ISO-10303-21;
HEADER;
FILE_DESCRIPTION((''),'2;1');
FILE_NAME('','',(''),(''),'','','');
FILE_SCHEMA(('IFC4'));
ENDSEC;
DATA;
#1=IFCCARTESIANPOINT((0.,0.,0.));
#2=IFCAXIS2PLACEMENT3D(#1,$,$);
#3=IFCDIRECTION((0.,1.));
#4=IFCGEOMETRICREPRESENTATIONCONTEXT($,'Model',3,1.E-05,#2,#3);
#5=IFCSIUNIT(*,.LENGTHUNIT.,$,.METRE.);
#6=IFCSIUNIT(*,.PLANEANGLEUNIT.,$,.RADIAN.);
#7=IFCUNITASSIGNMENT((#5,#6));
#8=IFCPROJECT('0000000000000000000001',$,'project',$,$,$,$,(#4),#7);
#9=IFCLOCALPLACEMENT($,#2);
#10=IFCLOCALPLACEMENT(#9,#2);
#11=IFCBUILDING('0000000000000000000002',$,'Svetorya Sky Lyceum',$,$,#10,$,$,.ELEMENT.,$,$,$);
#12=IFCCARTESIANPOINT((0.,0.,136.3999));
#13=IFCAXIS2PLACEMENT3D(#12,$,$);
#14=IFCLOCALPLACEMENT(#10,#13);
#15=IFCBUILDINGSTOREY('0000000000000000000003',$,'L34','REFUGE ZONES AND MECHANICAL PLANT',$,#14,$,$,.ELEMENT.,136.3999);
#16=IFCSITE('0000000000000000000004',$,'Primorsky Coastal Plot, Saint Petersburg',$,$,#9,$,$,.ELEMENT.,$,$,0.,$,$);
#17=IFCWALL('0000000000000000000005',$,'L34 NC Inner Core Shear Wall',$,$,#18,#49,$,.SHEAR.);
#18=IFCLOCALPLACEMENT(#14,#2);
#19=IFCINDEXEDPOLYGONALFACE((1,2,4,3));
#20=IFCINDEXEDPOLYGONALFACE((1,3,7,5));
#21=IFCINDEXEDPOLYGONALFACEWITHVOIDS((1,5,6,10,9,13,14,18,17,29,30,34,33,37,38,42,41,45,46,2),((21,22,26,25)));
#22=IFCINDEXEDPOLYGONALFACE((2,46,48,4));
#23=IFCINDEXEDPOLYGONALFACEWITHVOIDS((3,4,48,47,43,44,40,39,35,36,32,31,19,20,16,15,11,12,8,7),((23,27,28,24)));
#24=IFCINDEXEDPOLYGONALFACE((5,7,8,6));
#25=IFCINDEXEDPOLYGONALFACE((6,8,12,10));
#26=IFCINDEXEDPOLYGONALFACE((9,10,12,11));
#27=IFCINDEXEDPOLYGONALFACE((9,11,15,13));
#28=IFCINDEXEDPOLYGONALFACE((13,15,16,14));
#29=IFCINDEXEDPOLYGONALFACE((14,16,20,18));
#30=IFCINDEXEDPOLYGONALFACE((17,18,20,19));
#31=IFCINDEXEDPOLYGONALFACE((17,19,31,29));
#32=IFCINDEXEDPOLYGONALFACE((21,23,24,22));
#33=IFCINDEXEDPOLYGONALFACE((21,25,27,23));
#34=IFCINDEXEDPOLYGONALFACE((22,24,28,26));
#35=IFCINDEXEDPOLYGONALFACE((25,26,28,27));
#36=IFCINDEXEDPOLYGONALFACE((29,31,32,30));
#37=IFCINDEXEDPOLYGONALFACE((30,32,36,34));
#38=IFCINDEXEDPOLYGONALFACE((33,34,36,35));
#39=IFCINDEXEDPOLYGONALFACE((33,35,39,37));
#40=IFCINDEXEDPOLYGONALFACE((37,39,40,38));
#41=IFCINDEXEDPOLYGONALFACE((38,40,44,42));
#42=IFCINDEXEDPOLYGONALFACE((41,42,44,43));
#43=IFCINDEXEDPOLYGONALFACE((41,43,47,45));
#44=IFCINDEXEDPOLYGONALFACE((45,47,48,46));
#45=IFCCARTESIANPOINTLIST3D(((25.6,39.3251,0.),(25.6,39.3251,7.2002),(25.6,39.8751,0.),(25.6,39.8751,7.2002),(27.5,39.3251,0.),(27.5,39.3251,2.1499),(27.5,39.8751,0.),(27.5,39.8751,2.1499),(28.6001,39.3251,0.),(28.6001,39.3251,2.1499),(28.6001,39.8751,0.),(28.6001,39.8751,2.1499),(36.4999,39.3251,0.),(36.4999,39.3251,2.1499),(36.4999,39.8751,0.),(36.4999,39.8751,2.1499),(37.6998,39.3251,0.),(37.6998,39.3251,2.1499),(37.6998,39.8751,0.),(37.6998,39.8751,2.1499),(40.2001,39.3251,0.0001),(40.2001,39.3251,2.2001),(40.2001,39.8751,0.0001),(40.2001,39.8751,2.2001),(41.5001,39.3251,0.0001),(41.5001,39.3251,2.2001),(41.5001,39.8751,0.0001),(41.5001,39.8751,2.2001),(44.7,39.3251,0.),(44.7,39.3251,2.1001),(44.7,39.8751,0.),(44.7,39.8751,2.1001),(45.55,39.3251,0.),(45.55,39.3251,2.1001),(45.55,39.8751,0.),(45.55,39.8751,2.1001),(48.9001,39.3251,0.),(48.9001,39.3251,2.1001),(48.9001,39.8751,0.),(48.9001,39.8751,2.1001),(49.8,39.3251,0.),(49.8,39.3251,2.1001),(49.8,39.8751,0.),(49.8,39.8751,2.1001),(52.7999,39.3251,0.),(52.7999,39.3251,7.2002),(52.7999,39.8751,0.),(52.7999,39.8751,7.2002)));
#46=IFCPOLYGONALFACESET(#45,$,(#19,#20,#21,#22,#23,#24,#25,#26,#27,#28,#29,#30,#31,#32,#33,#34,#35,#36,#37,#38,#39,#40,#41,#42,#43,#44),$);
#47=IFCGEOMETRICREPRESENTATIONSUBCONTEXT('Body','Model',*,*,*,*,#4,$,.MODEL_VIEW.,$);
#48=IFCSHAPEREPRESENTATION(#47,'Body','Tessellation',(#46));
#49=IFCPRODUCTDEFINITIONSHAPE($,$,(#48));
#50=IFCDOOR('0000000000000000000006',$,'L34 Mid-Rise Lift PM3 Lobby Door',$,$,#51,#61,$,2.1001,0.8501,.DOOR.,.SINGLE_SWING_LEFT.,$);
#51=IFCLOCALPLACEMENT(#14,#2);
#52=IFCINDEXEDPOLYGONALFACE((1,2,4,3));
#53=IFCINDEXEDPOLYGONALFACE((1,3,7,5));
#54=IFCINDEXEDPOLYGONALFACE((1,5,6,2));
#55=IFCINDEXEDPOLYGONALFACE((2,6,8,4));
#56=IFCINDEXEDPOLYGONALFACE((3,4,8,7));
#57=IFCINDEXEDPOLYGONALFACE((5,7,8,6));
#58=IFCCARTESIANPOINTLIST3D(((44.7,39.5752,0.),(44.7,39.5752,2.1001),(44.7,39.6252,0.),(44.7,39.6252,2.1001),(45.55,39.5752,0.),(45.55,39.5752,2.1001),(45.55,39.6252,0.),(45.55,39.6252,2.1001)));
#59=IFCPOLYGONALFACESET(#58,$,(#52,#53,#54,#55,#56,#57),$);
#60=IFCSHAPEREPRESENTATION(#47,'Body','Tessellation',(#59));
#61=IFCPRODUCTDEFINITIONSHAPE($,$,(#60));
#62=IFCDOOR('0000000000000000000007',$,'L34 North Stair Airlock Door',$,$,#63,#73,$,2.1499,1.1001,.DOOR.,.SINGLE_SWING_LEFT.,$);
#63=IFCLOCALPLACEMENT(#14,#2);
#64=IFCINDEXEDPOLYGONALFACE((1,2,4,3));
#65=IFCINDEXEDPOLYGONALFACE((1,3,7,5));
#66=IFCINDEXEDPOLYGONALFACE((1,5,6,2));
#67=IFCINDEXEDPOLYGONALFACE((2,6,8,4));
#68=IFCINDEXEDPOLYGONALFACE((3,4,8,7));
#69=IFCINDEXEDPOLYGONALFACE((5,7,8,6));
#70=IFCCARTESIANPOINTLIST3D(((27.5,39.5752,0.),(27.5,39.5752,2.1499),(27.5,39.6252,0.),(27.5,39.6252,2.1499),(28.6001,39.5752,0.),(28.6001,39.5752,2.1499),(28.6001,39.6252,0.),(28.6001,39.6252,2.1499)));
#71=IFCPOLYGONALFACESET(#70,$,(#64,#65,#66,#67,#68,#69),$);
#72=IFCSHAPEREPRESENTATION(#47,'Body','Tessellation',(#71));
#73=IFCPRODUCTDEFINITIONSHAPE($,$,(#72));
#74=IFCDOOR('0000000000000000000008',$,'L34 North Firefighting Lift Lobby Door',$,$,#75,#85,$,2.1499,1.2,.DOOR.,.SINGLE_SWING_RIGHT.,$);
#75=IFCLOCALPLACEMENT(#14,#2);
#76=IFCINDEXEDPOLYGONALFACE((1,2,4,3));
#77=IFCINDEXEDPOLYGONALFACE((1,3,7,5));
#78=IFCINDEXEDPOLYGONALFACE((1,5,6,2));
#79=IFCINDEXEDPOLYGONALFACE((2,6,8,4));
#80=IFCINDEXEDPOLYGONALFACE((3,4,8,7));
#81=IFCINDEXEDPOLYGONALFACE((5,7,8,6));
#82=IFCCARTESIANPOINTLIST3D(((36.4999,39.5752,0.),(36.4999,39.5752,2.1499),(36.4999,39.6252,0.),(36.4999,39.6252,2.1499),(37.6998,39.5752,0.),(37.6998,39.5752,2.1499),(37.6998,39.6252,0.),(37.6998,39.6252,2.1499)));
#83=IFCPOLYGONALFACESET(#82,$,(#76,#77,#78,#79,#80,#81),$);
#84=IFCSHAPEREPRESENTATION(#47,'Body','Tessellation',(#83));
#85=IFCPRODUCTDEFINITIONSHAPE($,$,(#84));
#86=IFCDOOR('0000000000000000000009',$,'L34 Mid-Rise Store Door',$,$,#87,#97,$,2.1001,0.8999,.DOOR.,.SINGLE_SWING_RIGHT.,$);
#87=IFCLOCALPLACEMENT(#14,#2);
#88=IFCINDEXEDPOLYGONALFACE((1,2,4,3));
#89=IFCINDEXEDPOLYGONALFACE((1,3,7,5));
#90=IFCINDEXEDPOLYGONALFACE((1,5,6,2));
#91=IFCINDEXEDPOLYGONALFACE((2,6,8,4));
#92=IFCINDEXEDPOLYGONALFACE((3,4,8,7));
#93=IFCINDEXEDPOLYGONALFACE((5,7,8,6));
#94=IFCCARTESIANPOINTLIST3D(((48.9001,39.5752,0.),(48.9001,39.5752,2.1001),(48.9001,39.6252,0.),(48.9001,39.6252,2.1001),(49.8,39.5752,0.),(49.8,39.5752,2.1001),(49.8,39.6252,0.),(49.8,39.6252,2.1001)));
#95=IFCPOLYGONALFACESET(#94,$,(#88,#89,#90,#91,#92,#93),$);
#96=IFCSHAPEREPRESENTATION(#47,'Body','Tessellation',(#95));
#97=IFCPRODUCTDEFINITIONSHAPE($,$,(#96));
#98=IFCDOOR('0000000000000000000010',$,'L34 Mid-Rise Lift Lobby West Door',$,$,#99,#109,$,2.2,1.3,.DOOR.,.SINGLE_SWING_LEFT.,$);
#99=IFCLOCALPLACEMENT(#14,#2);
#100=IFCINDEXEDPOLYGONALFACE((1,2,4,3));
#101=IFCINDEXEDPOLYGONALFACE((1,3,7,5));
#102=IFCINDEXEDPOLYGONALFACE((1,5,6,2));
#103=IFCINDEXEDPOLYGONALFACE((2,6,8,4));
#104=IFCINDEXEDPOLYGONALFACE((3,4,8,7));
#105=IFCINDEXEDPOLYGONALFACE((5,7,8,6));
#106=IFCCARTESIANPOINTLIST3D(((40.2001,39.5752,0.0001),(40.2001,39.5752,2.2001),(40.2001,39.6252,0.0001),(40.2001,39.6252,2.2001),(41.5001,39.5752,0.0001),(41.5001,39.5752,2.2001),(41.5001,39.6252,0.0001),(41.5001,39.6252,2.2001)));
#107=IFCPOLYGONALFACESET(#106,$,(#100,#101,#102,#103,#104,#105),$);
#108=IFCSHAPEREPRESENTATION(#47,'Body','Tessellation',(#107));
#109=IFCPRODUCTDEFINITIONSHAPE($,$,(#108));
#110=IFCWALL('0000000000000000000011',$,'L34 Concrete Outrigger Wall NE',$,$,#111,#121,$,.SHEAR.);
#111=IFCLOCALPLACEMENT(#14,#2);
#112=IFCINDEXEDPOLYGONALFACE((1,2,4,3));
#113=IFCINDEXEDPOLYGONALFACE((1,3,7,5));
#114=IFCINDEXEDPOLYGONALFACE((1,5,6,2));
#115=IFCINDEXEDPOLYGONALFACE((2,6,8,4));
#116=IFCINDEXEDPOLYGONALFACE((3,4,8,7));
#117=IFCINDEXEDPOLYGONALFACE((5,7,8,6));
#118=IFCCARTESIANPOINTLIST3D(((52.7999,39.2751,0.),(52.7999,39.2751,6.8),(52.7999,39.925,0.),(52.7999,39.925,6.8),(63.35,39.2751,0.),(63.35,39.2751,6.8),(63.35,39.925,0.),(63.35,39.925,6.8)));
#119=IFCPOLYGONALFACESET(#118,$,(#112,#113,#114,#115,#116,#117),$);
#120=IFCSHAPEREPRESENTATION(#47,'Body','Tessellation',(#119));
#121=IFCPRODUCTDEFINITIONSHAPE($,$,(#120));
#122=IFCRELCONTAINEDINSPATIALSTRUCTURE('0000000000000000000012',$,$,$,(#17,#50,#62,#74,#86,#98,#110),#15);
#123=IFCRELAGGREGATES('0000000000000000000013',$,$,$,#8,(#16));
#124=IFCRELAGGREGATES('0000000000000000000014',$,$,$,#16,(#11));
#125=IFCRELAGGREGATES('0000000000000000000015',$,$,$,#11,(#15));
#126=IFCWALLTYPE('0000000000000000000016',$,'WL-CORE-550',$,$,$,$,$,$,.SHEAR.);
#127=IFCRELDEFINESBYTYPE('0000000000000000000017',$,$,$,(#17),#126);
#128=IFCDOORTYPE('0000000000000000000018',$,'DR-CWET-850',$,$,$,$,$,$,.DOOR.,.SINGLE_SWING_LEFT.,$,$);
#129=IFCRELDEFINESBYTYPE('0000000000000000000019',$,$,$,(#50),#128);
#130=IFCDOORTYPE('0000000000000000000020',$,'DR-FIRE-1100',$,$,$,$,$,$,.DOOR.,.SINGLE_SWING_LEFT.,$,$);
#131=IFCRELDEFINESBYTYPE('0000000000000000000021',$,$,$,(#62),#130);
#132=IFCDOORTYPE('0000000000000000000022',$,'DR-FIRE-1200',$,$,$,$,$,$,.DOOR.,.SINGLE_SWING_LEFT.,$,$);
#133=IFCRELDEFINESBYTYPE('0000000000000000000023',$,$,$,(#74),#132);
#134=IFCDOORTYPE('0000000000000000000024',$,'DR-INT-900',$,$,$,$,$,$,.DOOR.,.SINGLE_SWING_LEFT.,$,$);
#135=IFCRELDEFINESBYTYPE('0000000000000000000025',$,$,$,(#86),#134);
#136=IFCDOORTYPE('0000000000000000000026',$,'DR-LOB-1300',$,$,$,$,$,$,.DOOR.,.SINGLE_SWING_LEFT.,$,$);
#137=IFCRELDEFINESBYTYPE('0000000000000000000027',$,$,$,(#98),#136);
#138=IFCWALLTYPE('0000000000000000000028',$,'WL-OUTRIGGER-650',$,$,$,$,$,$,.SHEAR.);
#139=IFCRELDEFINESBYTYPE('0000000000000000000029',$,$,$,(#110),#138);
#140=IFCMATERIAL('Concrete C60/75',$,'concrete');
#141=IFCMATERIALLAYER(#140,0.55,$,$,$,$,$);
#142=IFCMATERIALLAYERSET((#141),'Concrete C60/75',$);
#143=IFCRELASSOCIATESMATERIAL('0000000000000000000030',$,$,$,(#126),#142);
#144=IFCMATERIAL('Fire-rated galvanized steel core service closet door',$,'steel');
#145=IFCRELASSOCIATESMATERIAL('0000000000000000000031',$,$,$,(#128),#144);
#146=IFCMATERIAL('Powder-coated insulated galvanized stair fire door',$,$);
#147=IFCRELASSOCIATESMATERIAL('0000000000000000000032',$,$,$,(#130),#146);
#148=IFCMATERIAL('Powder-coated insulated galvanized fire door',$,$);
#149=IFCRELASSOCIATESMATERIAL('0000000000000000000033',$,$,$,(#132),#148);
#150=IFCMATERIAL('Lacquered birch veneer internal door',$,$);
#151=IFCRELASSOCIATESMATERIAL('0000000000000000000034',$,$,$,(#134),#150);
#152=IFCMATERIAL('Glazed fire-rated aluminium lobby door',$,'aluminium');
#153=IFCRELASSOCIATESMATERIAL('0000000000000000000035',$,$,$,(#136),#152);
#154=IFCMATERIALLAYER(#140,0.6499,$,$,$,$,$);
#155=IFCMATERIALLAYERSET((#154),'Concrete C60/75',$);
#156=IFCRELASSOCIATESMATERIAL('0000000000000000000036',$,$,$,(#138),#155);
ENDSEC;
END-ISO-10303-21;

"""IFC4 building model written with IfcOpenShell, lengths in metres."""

from ifc_helpers import new_model, si_unit, direction, frame, frame_2d, origin, place, context, subcontext, project, spatial, rectangle, extrude, material, layer, layer_set, type_object, element, fill, save


model = new_model("IFC4")

# Units and contexts
model_context = context("Model", 3, precision=1e-05, world=origin(), true_north=direction((0.0, 1.0)))
body_context = subcontext(model_context, "Body", "Model", "MODEL_VIEW")
ifc_project = project(units=[si_unit("LENGTHUNIT", "METRE"), si_unit("PLANEANGLEUNIT", "RADIAN")], contexts=[model_context])

# Site, building, storey
site_placement = place(None, origin())
site = spatial("IfcSite", under=ifc_project, at=site_placement, Name="Primorsky Coastal Plot, Saint Petersburg", CompositionType="ELEMENT", RefElevation=0.0)
building_placement = place(site_placement, origin())
building = spatial("IfcBuilding", under=site, at=building_placement, Name="Svetorya Sky Lyceum", CompositionType="ELEMENT")
storey_placement = place(building_placement, frame((0.0, 0.0, 136.3999)))
storey = spatial("IfcBuildingStorey", under=building, at=storey_placement, Name="L34", Description="REFUGE ZONES AND MECHANICAL PLANT", CompositionType="ELEMENT", Elevation=136.3999)

# Shared definitions
ifc_material_1 = material(Name="Concrete C60/75", Category="concrete")

# Wall, openings, doors
ifc_layer_1 = layer(ifc_material_1, 0.55)
ifc_layer_set_1 = layer_set([ifc_layer_1], Name="Concrete C60/75")
wall_type_1 = type_object("IfcWallType", Name="WL-CORE-550", PredefinedType="SHEAR", material=ifc_layer_set_1)
wall_1_placement = place(storey_placement, frame((52.8, 39.6001, 0.0), z_axis=(0.0, 0.0, 1.0), x_axis=(-1.0, 0.0, 0.0)))
wall_1 = element("IfcWall", 1, at=wall_1_placement, inside=storey, type_object=wall_type_1, Name="L34 NC Inner Core Shear Wall", PredefinedType="SHEAR", context=body_context, shape_type="SweptSolid", body=[
    extrude(rectangle(XDim=27.2, YDim=0.55, at=frame_2d((13.6001, 0.0))), origin(), (0.0, 0.0, 1.0), 7.2002),
])
opening_1_placement = place(wall_1_placement, frame((24.2, 0.0, 0.0)))
opening_1 = element("IfcOpeningElement", 2, at=opening_1_placement, cuts=wall_1, PredefinedType="OPENING", context=body_context, shape_type="SweptSolid", body=[
    extrude(rectangle(XDim=1.1001, YDim=2.1499, at=frame_2d((0.55, 1.075))), frame((0.0, 0.2849, 0.0), z_axis=(0.0, -1.0, 0.0), x_axis=(1.0, 0.0, 0.0)), (0.0, 0.0, 1.0), 0.5701),
])
opening_2_placement = place(wall_1_placement, frame((15.1001, 0.0, 0.0)))
opening_2 = element("IfcOpeningElement", 3, at=opening_2_placement, cuts=wall_1, PredefinedType="OPENING", context=body_context, shape_type="SweptSolid", body=[
    extrude(rectangle(XDim=1.2, YDim=2.1499, at=frame_2d((0.6001, 1.075))), frame((0.0, 0.2849, 0.0), z_axis=(0.0, -1.0, 0.0), x_axis=(1.0, 0.0, 0.0)), (0.0, 0.0, 1.0), 0.5701),
])
opening_3_placement = place(wall_1_placement, frame((11.3, 0.0, 0.0)))
opening_3 = element("IfcOpeningElement", 4, at=opening_3_placement, cuts=wall_1, PredefinedType="OPENING", context=body_context, shape_type="SweptSolid", body=[
    extrude(rectangle(XDim=1.3, YDim=2.2, at=frame_2d((0.6499, 1.1001))), frame((0.0, 0.2849, 0.0), z_axis=(0.0, -1.0, 0.0), x_axis=(1.0, 0.0, 0.0)), (0.0, 0.0, 1.0), 0.5701),
])
opening_4_placement = place(wall_1_placement, frame((7.25, 0.0, 0.0)))
opening_4 = element("IfcOpeningElement", 5, at=opening_4_placement, cuts=wall_1, PredefinedType="OPENING", context=body_context, shape_type="SweptSolid", body=[
    extrude(rectangle(XDim=0.8501, YDim=2.1001, at=frame_2d((0.425, 1.05))), frame((0.0, 0.2849, 0.0), z_axis=(0.0, -1.0, 0.0), x_axis=(1.0, 0.0, 0.0)), (0.0, 0.0, 1.0), 0.5701),
])
opening_5_placement = place(wall_1_placement, frame((3.0, 0.0, 0.0)))
opening_5 = element("IfcOpeningElement", 6, at=opening_5_placement, cuts=wall_1, PredefinedType="OPENING", context=body_context, shape_type="SweptSolid", body=[
    extrude(rectangle(XDim=0.8999, YDim=2.1001, at=frame_2d((0.45, 1.05))), frame((0.0, 0.2849, 0.0), z_axis=(0.0, -1.0, 0.0), x_axis=(1.0, 0.0, 0.0)), (0.0, 0.0, 1.0), 0.5701),
])
ifc_material_2 = material(Name="Fire-rated galvanized steel core service closet door", Category="steel")
door_type_1 = type_object("IfcDoorType", Name="DR-CWET-850", OperationType="SINGLE_SWING_LEFT", PredefinedType="DOOR", material=ifc_material_2)
door_1_placement = place(opening_4_placement, origin())
door_1 = element("IfcDoor", 7, at=door_1_placement, inside=storey, type_object=door_type_1, Name="L34 Mid-Rise Lift PM3 Lobby Door", OperationType="SINGLE_SWING_LEFT", OverallHeight=2.1001, OverallWidth=0.8501, PredefinedType="DOOR", context=body_context, shape_type="SweptSolid", body=[
    extrude(rectangle(XDim=0.8501, YDim=2.1001, at=frame_2d((0.425, 1.05))), frame((0.0, 0.0249, 0.0), z_axis=(0.0, -1.0, 0.0), x_axis=(1.0, 0.0, 0.0)), (0.0, 0.0, 1.0), 0.05),
])
fill(opening_4, door_1)
ifc_material_3 = material(Name="Powder-coated insulated galvanized stair fire door")
door_type_2 = type_object("IfcDoorType", Name="DR-FIRE-1100", OperationType="SINGLE_SWING_LEFT", PredefinedType="DOOR", material=ifc_material_3)
door_2_placement = place(opening_1_placement, origin())
door_2 = element("IfcDoor", 8, at=door_2_placement, inside=storey, type_object=door_type_2, Name="L34 North Stair Airlock Door", OperationType="SINGLE_SWING_LEFT", OverallHeight=2.1499, OverallWidth=1.1001, PredefinedType="DOOR", context=body_context, shape_type="SweptSolid", body=[
    extrude(rectangle(XDim=1.1001, YDim=2.1499, at=frame_2d((0.55, 1.075))), frame((0.0, 0.0249, 0.0), z_axis=(0.0, -1.0, 0.0), x_axis=(1.0, 0.0, 0.0)), (0.0, 0.0, 1.0), 0.05),
])
fill(opening_1, door_2)
ifc_material_4 = material(Name="Powder-coated insulated galvanized fire door")
door_type_3 = type_object("IfcDoorType", Name="DR-FIRE-1200", OperationType="SINGLE_SWING_LEFT", PredefinedType="DOOR", material=ifc_material_4)
door_3_placement = place(opening_2_placement, origin())
door_3 = element("IfcDoor", 9, at=door_3_placement, inside=storey, type_object=door_type_3, Name="L34 North Firefighting Lift Lobby Door", OperationType="SINGLE_SWING_RIGHT", OverallHeight=2.1499, OverallWidth=1.2, PredefinedType="DOOR", context=body_context, shape_type="SweptSolid", body=[
    extrude(rectangle(XDim=1.2, YDim=2.1499, at=frame_2d((0.6001, 1.075))), frame((0.0, 0.0249, 0.0), z_axis=(0.0, -1.0, 0.0), x_axis=(1.0, 0.0, 0.0)), (0.0, 0.0, 1.0), 0.05),
])
fill(opening_2, door_3)
ifc_material_5 = material(Name="Lacquered birch veneer internal door")
door_type_4 = type_object("IfcDoorType", Name="DR-INT-900", OperationType="SINGLE_SWING_LEFT", PredefinedType="DOOR", material=ifc_material_5)
door_4_placement = place(opening_5_placement, origin())
door_4 = element("IfcDoor", 10, at=door_4_placement, inside=storey, type_object=door_type_4, Name="L34 Mid-Rise Store Door", OperationType="SINGLE_SWING_RIGHT", OverallHeight=2.1001, OverallWidth=0.8999, PredefinedType="DOOR", context=body_context, shape_type="SweptSolid", body=[
    extrude(rectangle(XDim=0.8999, YDim=2.1001, at=frame_2d((0.45, 1.05))), frame((0.0, 0.0249, 0.0), z_axis=(0.0, -1.0, 0.0), x_axis=(1.0, 0.0, 0.0)), (0.0, 0.0, 1.0), 0.05),
])
fill(opening_5, door_4)
ifc_material_6 = material(Name="Glazed fire-rated aluminium lobby door", Category="aluminium")
door_type_5 = type_object("IfcDoorType", Name="DR-LOB-1300", OperationType="SINGLE_SWING_LEFT", PredefinedType="DOOR", material=ifc_material_6)
door_5_placement = place(opening_3_placement, origin())
door_5 = element("IfcDoor", 11, at=door_5_placement, inside=storey, type_object=door_type_5, Name="L34 Mid-Rise Lift Lobby West Door", OperationType="SINGLE_SWING_LEFT", OverallHeight=2.2, OverallWidth=1.3, PredefinedType="DOOR", context=body_context, shape_type="SweptSolid", body=[
    extrude(rectangle(XDim=1.3, YDim=2.2, at=frame_2d((0.6499, 1.1001))), frame((0.0, 0.0249, 0.0), z_axis=(0.0, -1.0, 0.0), x_axis=(1.0, 0.0, 0.0)), (0.0, 0.0, 1.0), 0.05),
])
fill(opening_3, door_5)

# Wall
ifc_layer_2 = layer(ifc_material_1, 0.6499)
ifc_layer_set_2 = layer_set([ifc_layer_2], Name="Concrete C60/75")
wall_type_2 = type_object("IfcWallType", Name="WL-OUTRIGGER-650", PredefinedType="SHEAR", material=ifc_layer_set_2)
wall_2_placement = place(storey_placement, frame((52.8, 39.6001, 0.0), z_axis=(0.0, 0.0, 1.0), x_axis=(1.0, 0.0, 0.0)))
element("IfcWall", 12, at=wall_2_placement, inside=storey, type_object=wall_type_2, Name="L34 Concrete Outrigger Wall NE", PredefinedType="SHEAR", context=body_context, shape_type="SweptSolid", body=[
    extrude(rectangle(XDim=10.55, YDim=0.6499, at=frame_2d((5.2749, 0.0))), origin(), (0.0, 0.0, 1.0), 6.8),
])

save(model, "model.ifc")
